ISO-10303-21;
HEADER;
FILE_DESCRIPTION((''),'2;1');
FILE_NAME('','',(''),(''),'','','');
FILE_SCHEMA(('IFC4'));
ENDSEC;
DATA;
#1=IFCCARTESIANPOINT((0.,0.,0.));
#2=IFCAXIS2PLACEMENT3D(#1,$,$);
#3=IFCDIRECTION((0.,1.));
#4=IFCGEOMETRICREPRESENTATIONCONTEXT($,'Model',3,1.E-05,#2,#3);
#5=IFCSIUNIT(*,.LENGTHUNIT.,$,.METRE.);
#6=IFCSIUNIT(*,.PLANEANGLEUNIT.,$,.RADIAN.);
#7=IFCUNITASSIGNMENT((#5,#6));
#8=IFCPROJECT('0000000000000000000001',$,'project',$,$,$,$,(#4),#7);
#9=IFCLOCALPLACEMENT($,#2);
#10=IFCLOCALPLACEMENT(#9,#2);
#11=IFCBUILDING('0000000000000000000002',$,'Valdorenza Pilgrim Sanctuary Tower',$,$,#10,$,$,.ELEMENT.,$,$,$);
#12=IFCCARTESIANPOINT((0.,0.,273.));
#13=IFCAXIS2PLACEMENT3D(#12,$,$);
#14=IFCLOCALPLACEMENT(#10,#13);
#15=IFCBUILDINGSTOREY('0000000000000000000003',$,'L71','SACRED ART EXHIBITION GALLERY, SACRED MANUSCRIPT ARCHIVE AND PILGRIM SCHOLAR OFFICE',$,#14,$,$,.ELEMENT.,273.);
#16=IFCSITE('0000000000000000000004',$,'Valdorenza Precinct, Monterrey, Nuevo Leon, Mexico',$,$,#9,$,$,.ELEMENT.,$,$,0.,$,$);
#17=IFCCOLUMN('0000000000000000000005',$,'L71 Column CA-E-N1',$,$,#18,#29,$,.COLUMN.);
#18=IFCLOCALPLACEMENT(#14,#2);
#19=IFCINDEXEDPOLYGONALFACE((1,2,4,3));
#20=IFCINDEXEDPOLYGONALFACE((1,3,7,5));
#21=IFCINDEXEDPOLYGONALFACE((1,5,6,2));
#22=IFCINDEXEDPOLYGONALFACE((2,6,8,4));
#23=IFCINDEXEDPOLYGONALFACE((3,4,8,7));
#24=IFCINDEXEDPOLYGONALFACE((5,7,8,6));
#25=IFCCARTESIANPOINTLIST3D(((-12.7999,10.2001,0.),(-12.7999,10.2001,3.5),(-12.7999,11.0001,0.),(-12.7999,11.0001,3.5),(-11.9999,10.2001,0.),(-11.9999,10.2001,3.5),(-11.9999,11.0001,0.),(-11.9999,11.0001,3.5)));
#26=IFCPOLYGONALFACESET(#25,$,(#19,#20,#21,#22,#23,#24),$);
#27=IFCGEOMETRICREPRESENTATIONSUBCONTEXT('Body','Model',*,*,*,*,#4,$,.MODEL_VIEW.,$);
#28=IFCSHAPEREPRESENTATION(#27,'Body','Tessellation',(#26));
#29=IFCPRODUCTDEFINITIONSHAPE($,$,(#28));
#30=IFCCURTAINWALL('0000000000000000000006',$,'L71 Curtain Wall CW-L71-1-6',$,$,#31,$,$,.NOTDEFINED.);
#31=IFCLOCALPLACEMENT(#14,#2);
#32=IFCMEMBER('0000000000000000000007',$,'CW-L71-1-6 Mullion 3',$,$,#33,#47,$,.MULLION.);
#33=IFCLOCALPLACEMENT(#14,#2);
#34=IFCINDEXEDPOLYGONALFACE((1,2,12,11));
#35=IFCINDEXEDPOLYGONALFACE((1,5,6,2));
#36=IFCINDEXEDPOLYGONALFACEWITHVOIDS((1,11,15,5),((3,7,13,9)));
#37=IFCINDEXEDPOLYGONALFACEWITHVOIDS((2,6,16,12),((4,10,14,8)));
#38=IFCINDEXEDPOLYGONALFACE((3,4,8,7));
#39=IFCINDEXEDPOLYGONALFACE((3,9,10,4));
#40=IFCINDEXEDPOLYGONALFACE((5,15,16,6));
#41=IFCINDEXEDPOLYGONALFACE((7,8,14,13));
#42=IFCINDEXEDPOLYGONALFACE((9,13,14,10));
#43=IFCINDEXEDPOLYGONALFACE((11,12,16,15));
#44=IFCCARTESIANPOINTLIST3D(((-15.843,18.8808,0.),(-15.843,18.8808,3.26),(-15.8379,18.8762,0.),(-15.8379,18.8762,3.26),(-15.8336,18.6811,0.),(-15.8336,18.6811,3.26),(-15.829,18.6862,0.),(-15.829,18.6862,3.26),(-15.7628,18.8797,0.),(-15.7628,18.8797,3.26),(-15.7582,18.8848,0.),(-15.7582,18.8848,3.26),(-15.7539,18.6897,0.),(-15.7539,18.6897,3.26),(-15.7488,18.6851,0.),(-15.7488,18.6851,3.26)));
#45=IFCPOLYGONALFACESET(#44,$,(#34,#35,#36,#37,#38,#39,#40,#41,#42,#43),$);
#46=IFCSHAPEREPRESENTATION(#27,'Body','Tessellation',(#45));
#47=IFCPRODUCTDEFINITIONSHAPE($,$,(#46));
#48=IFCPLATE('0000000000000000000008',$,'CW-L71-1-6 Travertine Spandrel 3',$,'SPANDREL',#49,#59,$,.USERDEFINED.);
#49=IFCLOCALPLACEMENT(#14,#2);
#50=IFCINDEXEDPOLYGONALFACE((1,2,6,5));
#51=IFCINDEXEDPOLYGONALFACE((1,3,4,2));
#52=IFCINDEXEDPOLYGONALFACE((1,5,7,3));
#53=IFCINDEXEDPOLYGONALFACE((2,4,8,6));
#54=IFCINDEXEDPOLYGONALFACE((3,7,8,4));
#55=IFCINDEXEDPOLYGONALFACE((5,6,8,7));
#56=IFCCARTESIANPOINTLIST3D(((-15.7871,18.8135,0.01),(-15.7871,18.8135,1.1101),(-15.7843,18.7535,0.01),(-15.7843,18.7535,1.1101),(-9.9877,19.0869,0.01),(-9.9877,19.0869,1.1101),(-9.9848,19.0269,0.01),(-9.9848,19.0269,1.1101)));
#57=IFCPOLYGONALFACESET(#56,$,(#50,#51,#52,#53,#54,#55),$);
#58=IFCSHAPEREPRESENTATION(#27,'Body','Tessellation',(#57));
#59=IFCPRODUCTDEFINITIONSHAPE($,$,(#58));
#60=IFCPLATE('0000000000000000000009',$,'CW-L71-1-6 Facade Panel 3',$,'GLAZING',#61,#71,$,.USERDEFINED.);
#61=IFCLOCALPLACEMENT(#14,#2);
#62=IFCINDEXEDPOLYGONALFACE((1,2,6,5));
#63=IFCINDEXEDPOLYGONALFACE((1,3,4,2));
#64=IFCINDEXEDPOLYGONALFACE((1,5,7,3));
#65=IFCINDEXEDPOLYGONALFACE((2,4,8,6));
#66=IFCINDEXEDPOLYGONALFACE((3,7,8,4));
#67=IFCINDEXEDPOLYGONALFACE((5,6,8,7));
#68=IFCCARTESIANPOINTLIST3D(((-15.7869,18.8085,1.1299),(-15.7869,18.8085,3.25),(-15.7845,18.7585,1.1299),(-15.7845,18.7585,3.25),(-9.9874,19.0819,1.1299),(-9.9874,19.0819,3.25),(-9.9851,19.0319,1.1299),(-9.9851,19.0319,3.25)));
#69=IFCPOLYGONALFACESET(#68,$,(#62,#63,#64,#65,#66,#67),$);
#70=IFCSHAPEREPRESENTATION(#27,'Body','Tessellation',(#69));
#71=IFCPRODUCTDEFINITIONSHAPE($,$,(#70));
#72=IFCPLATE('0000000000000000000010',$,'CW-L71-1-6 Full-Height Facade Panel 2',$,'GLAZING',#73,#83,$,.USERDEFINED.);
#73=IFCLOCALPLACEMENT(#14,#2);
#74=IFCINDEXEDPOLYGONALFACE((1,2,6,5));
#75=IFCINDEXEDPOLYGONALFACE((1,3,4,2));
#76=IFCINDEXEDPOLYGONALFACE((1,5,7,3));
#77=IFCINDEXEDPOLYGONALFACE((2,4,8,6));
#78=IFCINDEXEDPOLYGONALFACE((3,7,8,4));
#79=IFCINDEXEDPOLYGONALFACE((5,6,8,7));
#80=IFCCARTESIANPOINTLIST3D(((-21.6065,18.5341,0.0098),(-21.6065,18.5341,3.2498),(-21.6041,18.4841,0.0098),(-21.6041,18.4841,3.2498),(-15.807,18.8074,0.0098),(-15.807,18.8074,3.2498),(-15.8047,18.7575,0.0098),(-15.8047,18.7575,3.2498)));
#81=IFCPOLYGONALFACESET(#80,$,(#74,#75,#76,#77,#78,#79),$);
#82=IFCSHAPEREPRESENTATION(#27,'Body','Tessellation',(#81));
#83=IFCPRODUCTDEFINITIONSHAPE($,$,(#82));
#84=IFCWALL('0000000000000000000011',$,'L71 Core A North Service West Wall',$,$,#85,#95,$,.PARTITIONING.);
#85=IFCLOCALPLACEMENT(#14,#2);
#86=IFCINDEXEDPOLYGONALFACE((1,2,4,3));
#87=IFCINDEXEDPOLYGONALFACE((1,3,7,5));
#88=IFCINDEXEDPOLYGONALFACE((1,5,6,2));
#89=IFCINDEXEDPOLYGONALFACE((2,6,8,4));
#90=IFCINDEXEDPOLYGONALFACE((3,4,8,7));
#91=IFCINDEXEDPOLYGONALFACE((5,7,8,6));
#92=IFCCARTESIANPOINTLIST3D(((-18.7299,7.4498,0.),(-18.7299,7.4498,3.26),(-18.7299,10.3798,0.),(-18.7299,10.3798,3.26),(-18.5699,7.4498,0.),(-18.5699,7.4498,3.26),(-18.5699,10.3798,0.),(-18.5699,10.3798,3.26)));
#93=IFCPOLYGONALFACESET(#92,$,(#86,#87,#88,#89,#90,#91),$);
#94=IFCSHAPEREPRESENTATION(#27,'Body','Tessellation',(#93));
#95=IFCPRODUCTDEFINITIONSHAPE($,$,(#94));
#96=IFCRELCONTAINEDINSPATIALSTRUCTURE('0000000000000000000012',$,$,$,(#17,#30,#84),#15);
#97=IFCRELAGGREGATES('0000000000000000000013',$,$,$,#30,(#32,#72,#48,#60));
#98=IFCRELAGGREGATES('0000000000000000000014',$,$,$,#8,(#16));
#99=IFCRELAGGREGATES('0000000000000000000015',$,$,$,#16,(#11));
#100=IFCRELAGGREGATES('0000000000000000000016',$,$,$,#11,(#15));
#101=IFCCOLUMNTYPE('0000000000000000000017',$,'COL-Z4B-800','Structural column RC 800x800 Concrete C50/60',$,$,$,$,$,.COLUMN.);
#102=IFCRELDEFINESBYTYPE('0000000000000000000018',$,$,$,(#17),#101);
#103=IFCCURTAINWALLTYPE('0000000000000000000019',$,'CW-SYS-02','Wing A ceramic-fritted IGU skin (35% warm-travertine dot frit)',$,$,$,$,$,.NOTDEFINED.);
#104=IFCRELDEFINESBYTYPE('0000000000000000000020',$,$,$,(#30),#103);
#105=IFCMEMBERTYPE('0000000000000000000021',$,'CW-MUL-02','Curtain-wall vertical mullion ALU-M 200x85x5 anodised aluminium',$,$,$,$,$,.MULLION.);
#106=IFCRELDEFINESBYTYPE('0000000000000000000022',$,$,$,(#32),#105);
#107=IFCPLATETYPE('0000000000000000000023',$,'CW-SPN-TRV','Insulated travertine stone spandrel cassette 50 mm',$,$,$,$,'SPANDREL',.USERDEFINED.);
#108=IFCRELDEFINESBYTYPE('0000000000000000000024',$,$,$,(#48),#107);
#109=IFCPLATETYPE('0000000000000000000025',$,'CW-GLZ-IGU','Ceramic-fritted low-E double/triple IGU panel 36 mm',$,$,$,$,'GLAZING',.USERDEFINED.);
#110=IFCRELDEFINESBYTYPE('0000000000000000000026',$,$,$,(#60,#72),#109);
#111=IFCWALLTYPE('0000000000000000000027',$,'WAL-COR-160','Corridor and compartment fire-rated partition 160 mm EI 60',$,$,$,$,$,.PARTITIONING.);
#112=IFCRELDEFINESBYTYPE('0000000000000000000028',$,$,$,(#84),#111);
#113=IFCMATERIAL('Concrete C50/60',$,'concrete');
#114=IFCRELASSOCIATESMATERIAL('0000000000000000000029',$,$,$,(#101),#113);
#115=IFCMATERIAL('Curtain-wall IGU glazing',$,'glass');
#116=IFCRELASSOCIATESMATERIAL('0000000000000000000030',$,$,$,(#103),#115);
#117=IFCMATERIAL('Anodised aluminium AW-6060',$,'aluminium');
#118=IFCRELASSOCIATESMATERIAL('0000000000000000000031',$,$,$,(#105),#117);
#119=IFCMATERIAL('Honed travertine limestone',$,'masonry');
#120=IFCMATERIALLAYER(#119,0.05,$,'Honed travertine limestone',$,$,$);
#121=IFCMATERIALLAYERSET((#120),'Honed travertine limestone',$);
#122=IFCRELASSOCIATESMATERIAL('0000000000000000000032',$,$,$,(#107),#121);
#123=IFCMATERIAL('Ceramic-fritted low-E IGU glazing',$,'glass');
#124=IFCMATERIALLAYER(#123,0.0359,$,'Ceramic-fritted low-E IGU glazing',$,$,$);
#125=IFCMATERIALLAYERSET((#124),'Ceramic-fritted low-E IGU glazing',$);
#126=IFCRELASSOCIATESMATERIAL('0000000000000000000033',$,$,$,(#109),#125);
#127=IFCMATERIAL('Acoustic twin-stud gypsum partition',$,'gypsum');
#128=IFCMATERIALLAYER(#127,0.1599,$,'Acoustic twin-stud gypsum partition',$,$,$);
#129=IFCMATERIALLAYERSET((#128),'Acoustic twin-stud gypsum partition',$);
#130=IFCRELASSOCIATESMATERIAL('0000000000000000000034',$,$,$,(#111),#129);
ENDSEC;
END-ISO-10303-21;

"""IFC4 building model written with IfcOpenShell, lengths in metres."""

from ifc_helpers import new_model, si_unit, direction, frame, frame_2d, origin, origin_2d, place, context, subcontext, project, spatial, rectangle, hollow_rectangle, extrude, source, transform, mapped, material, layer, layer_set, material_profile, profile_set, type_object, element, aggregate, save


model = new_model("IFC4")

# Units and contexts
model_context = context("Model", 3, precision=1e-05, world=origin(), true_north=direction((0.0, 1.0)))
body_context = subcontext(model_context, "Body", "Model", "MODEL_VIEW")
ifc_project = project(units=[si_unit("LENGTHUNIT", "METRE"), si_unit("PLANEANGLEUNIT", "RADIAN")], contexts=[model_context])

# Site, building, storey
site_placement = place(None, origin())
site = spatial("IfcSite", under=ifc_project, at=site_placement, Name="Valdorenza Precinct, Monterrey, Nuevo Leon, Mexico", CompositionType="ELEMENT", RefElevation=0.0)
building_placement = place(site_placement, origin())
building = spatial("IfcBuilding", under=site, at=building_placement, Name="Valdorenza Pilgrim Sanctuary Tower", CompositionType="ELEMENT")
storey_placement = place(building_placement, frame((0.0, 0.0, 273.0)))
storey = spatial("IfcBuildingStorey", under=building, at=storey_placement, Name="L71", Description="SACRED ART EXHIBITION GALLERY, SACRED MANUSCRIPT ARCHIVE AND PILGRIM SCHOLAR OFFICE", CompositionType="ELEMENT", Elevation=273.0)

# Column
ifc_material_1 = material(Name="Concrete C50/60", Category="concrete")
ifc_material_profile_1 = material_profile(ifc_material_1, rectangle(XDim=0.8, YDim=0.8, at=origin_2d()), Name="RC 800x800")
ifc_profile_set_1 = profile_set([ifc_material_profile_1], Name="Concrete C50/60")
column_type = type_object("IfcColumnType", Name="COL-Z4B-800", Description="Structural column RC 800x800 Concrete C50/60", PredefinedType="COLUMN", material=ifc_profile_set_1)
shared_shape_1 = source(origin(), body_context, "Body", "SweptSolid", [
    extrude(rectangle(XDim=0.8, YDim=0.8, at=origin_2d()), origin(), (0.0, 0.0, 1.0), 3.5),
])
column_placement = place(storey_placement, frame((-12.3999, 10.6001, 0.0), z_axis=(0.0, 0.0, 1.0), x_axis=(1.0, 0.0, 0.0)))
element("IfcColumn", 1, at=column_placement, inside=storey, type_object=column_type, Name="L71 Column CA-E-N1", PredefinedType="COLUMN", context=body_context, shape_type="MappedRepresentation", body=[
    mapped(shared_shape_1, transform((0.0, 0.0, 0.0), x_axis=(1.0, 0.0, 0.0), y_axis=(0.0, 1.0, 0.0), z_axis=(0.0, 0.0, 1.0), scale=1.0)),
])

# Curtain wall, member, plates
ifc_material_2 = material(Name="Curtain-wall IGU glazing", Category="glass")
curtain_wall_type = type_object("IfcCurtainWallType", Name="CW-SYS-02", Description="Wing A ceramic-fritted IGU skin (35% warm-travertine dot frit)", PredefinedType="NOTDEFINED", material=ifc_material_2)
curtain_wall_placement = place(storey_placement, origin())
curtain_wall = element("IfcCurtainWall", 2, at=curtain_wall_placement, inside=storey, type_object=curtain_wall_type, Name="L71 Curtain Wall CW-L71-1-6", PredefinedType="NOTDEFINED")
ifc_material_3 = material(Name="Anodised aluminium AW-6060", Category="aluminium")
ifc_material_profile_2 = material_profile(ifc_material_3, hollow_rectangle(XDim=0.085, YDim=0.2, WallThickness=0.0049, at=origin_2d()), Name="ALU-M 200x85x5")
ifc_profile_set_2 = profile_set([ifc_material_profile_2], Name="Anodised aluminium AW-6060")
member_type = type_object("IfcMemberType", Name="CW-MUL-02", Description="Curtain-wall vertical mullion ALU-M 200x85x5 anodised aluminium", PredefinedType="MULLION", material=ifc_profile_set_2)
shared_shape_2 = source(origin(), body_context, "Body", "SweptSolid", [
    extrude(hollow_rectangle(XDim=0.085, YDim=0.2, WallThickness=0.0049, at=origin_2d()), origin(), (0.0, 0.0, 1.0), 3.26),
])
member_placement = place(storey_placement, frame((-15.7959, 18.783, 0.0), z_axis=(0.0, 0.0, 1.0), x_axis=(0.998891, 0.047089, 0.0)))
member = element("IfcMember", 3, at=member_placement, type_object=member_type, Name="CW-L71-1-6 Mullion 3", PredefinedType="MULLION", context=body_context, shape_type="MappedRepresentation", body=[
    mapped(shared_shape_2, transform((0.0, 0.0, 0.0), x_axis=(1.0, 0.0, 0.0), y_axis=(0.0, 1.0, 0.0), z_axis=(0.0, 0.0, 1.0), scale=1.0)),
])
ifc_material_4 = material(Name="Honed travertine limestone", Category="masonry")
ifc_layer_1 = layer(ifc_material_4, 0.05, Name="Honed travertine limestone")
ifc_layer_set_1 = layer_set([ifc_layer_1], Name="Honed travertine limestone")
plate_type_1 = type_object("IfcPlateType", Name="CW-SPN-TRV", Description="Insulated travertine stone spandrel cassette 50 mm", ElementType="SPANDREL", PredefinedType="USERDEFINED", material=ifc_layer_set_1)
shared_shape_3 = source(origin(), body_context, "Body", "SweptSolid", [
    extrude(rectangle(XDim=5.8059, YDim=0.0601, at=origin_2d()), origin(), (0.0, 0.0, 1.0), 1.1001),
])
plate_1_placement = place(storey_placement, frame((-12.886, 18.9202, 0.01), z_axis=(0.0, 0.0, 1.0), x_axis=(0.998891, 0.047089, 0.0)))
plate_1 = element("IfcPlate", 4, at=plate_1_placement, type_object=plate_type_1, Name="CW-L71-1-6 Travertine Spandrel 3", ObjectType="SPANDREL", PredefinedType="USERDEFINED", context=body_context, shape_type="MappedRepresentation", body=[
    mapped(shared_shape_3, transform((0.0, 0.0, 0.0), x_axis=(1.0, 0.0, 0.0), y_axis=(0.0, 1.0, 0.0), z_axis=(0.0, 0.0, 1.0), scale=1.0)),
])
ifc_material_5 = material(Name="Ceramic-fritted low-E IGU glazing", Category="glass")
ifc_layer_2 = layer(ifc_material_5, 0.0359, Name="Ceramic-fritted low-E IGU glazing")
ifc_layer_set_2 = layer_set([ifc_layer_2], Name="Ceramic-fritted low-E IGU glazing")
plate_type_2 = type_object("IfcPlateType", Name="CW-GLZ-IGU", Description="Ceramic-fritted low-E double/triple IGU panel 36 mm", ElementType="GLAZING", PredefinedType="USERDEFINED", material=ifc_layer_set_2)
shared_shape_4 = source(origin(), body_context, "Body", "SweptSolid", [
    extrude(rectangle(XDim=5.8059, YDim=0.05, at=origin_2d()), origin(), (0.0, 0.0, 1.0), 2.1201),
])
plate_2_placement = place(storey_placement, frame((-12.886, 18.9202, 1.1299), z_axis=(0.0, 0.0, 1.0), x_axis=(0.998891, 0.047089, 0.0)))
plate_2 = element("IfcPlate", 5, at=plate_2_placement, type_object=plate_type_2, Name="CW-L71-1-6 Facade Panel 3", ObjectType="GLAZING", PredefinedType="USERDEFINED", context=body_context, shape_type="MappedRepresentation", body=[
    mapped(shared_shape_4, transform((0.0, 0.0, 0.0), x_axis=(1.0, 0.0, 0.0), y_axis=(0.0, 1.0, 0.0), z_axis=(0.0, 0.0, 1.0), scale=1.0)),
])
shared_shape_5 = source(origin(), body_context, "Body", "SweptSolid", [
    extrude(rectangle(XDim=5.8059, YDim=0.05, at=origin_2d()), origin(), (0.0, 0.0, 1.0), 3.24),
])
plate_3_placement = place(storey_placement, frame((-18.7056, 18.6458, 0.0098), z_axis=(0.0, 0.0, 1.0), x_axis=(0.998891, 0.047089, 0.0)))
plate_3 = element("IfcPlate", 6, at=plate_3_placement, type_object=plate_type_2, Name="CW-L71-1-6 Full-Height Facade Panel 2", ObjectType="GLAZING", PredefinedType="USERDEFINED", context=body_context, shape_type="MappedRepresentation", body=[
    mapped(shared_shape_5, transform((0.0, 0.0, 0.0), x_axis=(1.0, 0.0, 0.0), y_axis=(0.0, 1.0, 0.0), z_axis=(0.0, 0.0, 1.0), scale=1.0)),
])
aggregate(curtain_wall, [member, plate_3, plate_1, plate_2])

# Wall
ifc_material_6 = material(Name="Acoustic twin-stud gypsum partition", Category="gypsum")
ifc_layer_3 = layer(ifc_material_6, 0.1599, Name="Acoustic twin-stud gypsum partition")
ifc_layer_set_3 = layer_set([ifc_layer_3], Name="Acoustic twin-stud gypsum partition")
wall_type_1 = type_object("IfcWallType", Name="WAL-COR-160", Description="Corridor and compartment fire-rated partition 160 mm EI 60", PredefinedType="PARTITIONING", material=ifc_layer_set_3)
wall_1_placement = place(storey_placement, frame((-18.6499, 7.45, 0.0), z_axis=(0.0, 0.0, 1.0), x_axis=(0.0, 1.0, 0.0)))
element("IfcWall", 7, at=wall_1_placement, inside=storey, type_object=wall_type_1, Name="L71 Core A North Service West Wall", PredefinedType="PARTITIONING", context=body_context, shape_type="SweptSolid", body=[
    extrude(rectangle(XDim=2.9299, YDim=0.1599, at=frame_2d((1.4648, 0.0))), origin(), (0.0, 0.0, 1.0), 3.26),
])

save(model, "model.ifc")
